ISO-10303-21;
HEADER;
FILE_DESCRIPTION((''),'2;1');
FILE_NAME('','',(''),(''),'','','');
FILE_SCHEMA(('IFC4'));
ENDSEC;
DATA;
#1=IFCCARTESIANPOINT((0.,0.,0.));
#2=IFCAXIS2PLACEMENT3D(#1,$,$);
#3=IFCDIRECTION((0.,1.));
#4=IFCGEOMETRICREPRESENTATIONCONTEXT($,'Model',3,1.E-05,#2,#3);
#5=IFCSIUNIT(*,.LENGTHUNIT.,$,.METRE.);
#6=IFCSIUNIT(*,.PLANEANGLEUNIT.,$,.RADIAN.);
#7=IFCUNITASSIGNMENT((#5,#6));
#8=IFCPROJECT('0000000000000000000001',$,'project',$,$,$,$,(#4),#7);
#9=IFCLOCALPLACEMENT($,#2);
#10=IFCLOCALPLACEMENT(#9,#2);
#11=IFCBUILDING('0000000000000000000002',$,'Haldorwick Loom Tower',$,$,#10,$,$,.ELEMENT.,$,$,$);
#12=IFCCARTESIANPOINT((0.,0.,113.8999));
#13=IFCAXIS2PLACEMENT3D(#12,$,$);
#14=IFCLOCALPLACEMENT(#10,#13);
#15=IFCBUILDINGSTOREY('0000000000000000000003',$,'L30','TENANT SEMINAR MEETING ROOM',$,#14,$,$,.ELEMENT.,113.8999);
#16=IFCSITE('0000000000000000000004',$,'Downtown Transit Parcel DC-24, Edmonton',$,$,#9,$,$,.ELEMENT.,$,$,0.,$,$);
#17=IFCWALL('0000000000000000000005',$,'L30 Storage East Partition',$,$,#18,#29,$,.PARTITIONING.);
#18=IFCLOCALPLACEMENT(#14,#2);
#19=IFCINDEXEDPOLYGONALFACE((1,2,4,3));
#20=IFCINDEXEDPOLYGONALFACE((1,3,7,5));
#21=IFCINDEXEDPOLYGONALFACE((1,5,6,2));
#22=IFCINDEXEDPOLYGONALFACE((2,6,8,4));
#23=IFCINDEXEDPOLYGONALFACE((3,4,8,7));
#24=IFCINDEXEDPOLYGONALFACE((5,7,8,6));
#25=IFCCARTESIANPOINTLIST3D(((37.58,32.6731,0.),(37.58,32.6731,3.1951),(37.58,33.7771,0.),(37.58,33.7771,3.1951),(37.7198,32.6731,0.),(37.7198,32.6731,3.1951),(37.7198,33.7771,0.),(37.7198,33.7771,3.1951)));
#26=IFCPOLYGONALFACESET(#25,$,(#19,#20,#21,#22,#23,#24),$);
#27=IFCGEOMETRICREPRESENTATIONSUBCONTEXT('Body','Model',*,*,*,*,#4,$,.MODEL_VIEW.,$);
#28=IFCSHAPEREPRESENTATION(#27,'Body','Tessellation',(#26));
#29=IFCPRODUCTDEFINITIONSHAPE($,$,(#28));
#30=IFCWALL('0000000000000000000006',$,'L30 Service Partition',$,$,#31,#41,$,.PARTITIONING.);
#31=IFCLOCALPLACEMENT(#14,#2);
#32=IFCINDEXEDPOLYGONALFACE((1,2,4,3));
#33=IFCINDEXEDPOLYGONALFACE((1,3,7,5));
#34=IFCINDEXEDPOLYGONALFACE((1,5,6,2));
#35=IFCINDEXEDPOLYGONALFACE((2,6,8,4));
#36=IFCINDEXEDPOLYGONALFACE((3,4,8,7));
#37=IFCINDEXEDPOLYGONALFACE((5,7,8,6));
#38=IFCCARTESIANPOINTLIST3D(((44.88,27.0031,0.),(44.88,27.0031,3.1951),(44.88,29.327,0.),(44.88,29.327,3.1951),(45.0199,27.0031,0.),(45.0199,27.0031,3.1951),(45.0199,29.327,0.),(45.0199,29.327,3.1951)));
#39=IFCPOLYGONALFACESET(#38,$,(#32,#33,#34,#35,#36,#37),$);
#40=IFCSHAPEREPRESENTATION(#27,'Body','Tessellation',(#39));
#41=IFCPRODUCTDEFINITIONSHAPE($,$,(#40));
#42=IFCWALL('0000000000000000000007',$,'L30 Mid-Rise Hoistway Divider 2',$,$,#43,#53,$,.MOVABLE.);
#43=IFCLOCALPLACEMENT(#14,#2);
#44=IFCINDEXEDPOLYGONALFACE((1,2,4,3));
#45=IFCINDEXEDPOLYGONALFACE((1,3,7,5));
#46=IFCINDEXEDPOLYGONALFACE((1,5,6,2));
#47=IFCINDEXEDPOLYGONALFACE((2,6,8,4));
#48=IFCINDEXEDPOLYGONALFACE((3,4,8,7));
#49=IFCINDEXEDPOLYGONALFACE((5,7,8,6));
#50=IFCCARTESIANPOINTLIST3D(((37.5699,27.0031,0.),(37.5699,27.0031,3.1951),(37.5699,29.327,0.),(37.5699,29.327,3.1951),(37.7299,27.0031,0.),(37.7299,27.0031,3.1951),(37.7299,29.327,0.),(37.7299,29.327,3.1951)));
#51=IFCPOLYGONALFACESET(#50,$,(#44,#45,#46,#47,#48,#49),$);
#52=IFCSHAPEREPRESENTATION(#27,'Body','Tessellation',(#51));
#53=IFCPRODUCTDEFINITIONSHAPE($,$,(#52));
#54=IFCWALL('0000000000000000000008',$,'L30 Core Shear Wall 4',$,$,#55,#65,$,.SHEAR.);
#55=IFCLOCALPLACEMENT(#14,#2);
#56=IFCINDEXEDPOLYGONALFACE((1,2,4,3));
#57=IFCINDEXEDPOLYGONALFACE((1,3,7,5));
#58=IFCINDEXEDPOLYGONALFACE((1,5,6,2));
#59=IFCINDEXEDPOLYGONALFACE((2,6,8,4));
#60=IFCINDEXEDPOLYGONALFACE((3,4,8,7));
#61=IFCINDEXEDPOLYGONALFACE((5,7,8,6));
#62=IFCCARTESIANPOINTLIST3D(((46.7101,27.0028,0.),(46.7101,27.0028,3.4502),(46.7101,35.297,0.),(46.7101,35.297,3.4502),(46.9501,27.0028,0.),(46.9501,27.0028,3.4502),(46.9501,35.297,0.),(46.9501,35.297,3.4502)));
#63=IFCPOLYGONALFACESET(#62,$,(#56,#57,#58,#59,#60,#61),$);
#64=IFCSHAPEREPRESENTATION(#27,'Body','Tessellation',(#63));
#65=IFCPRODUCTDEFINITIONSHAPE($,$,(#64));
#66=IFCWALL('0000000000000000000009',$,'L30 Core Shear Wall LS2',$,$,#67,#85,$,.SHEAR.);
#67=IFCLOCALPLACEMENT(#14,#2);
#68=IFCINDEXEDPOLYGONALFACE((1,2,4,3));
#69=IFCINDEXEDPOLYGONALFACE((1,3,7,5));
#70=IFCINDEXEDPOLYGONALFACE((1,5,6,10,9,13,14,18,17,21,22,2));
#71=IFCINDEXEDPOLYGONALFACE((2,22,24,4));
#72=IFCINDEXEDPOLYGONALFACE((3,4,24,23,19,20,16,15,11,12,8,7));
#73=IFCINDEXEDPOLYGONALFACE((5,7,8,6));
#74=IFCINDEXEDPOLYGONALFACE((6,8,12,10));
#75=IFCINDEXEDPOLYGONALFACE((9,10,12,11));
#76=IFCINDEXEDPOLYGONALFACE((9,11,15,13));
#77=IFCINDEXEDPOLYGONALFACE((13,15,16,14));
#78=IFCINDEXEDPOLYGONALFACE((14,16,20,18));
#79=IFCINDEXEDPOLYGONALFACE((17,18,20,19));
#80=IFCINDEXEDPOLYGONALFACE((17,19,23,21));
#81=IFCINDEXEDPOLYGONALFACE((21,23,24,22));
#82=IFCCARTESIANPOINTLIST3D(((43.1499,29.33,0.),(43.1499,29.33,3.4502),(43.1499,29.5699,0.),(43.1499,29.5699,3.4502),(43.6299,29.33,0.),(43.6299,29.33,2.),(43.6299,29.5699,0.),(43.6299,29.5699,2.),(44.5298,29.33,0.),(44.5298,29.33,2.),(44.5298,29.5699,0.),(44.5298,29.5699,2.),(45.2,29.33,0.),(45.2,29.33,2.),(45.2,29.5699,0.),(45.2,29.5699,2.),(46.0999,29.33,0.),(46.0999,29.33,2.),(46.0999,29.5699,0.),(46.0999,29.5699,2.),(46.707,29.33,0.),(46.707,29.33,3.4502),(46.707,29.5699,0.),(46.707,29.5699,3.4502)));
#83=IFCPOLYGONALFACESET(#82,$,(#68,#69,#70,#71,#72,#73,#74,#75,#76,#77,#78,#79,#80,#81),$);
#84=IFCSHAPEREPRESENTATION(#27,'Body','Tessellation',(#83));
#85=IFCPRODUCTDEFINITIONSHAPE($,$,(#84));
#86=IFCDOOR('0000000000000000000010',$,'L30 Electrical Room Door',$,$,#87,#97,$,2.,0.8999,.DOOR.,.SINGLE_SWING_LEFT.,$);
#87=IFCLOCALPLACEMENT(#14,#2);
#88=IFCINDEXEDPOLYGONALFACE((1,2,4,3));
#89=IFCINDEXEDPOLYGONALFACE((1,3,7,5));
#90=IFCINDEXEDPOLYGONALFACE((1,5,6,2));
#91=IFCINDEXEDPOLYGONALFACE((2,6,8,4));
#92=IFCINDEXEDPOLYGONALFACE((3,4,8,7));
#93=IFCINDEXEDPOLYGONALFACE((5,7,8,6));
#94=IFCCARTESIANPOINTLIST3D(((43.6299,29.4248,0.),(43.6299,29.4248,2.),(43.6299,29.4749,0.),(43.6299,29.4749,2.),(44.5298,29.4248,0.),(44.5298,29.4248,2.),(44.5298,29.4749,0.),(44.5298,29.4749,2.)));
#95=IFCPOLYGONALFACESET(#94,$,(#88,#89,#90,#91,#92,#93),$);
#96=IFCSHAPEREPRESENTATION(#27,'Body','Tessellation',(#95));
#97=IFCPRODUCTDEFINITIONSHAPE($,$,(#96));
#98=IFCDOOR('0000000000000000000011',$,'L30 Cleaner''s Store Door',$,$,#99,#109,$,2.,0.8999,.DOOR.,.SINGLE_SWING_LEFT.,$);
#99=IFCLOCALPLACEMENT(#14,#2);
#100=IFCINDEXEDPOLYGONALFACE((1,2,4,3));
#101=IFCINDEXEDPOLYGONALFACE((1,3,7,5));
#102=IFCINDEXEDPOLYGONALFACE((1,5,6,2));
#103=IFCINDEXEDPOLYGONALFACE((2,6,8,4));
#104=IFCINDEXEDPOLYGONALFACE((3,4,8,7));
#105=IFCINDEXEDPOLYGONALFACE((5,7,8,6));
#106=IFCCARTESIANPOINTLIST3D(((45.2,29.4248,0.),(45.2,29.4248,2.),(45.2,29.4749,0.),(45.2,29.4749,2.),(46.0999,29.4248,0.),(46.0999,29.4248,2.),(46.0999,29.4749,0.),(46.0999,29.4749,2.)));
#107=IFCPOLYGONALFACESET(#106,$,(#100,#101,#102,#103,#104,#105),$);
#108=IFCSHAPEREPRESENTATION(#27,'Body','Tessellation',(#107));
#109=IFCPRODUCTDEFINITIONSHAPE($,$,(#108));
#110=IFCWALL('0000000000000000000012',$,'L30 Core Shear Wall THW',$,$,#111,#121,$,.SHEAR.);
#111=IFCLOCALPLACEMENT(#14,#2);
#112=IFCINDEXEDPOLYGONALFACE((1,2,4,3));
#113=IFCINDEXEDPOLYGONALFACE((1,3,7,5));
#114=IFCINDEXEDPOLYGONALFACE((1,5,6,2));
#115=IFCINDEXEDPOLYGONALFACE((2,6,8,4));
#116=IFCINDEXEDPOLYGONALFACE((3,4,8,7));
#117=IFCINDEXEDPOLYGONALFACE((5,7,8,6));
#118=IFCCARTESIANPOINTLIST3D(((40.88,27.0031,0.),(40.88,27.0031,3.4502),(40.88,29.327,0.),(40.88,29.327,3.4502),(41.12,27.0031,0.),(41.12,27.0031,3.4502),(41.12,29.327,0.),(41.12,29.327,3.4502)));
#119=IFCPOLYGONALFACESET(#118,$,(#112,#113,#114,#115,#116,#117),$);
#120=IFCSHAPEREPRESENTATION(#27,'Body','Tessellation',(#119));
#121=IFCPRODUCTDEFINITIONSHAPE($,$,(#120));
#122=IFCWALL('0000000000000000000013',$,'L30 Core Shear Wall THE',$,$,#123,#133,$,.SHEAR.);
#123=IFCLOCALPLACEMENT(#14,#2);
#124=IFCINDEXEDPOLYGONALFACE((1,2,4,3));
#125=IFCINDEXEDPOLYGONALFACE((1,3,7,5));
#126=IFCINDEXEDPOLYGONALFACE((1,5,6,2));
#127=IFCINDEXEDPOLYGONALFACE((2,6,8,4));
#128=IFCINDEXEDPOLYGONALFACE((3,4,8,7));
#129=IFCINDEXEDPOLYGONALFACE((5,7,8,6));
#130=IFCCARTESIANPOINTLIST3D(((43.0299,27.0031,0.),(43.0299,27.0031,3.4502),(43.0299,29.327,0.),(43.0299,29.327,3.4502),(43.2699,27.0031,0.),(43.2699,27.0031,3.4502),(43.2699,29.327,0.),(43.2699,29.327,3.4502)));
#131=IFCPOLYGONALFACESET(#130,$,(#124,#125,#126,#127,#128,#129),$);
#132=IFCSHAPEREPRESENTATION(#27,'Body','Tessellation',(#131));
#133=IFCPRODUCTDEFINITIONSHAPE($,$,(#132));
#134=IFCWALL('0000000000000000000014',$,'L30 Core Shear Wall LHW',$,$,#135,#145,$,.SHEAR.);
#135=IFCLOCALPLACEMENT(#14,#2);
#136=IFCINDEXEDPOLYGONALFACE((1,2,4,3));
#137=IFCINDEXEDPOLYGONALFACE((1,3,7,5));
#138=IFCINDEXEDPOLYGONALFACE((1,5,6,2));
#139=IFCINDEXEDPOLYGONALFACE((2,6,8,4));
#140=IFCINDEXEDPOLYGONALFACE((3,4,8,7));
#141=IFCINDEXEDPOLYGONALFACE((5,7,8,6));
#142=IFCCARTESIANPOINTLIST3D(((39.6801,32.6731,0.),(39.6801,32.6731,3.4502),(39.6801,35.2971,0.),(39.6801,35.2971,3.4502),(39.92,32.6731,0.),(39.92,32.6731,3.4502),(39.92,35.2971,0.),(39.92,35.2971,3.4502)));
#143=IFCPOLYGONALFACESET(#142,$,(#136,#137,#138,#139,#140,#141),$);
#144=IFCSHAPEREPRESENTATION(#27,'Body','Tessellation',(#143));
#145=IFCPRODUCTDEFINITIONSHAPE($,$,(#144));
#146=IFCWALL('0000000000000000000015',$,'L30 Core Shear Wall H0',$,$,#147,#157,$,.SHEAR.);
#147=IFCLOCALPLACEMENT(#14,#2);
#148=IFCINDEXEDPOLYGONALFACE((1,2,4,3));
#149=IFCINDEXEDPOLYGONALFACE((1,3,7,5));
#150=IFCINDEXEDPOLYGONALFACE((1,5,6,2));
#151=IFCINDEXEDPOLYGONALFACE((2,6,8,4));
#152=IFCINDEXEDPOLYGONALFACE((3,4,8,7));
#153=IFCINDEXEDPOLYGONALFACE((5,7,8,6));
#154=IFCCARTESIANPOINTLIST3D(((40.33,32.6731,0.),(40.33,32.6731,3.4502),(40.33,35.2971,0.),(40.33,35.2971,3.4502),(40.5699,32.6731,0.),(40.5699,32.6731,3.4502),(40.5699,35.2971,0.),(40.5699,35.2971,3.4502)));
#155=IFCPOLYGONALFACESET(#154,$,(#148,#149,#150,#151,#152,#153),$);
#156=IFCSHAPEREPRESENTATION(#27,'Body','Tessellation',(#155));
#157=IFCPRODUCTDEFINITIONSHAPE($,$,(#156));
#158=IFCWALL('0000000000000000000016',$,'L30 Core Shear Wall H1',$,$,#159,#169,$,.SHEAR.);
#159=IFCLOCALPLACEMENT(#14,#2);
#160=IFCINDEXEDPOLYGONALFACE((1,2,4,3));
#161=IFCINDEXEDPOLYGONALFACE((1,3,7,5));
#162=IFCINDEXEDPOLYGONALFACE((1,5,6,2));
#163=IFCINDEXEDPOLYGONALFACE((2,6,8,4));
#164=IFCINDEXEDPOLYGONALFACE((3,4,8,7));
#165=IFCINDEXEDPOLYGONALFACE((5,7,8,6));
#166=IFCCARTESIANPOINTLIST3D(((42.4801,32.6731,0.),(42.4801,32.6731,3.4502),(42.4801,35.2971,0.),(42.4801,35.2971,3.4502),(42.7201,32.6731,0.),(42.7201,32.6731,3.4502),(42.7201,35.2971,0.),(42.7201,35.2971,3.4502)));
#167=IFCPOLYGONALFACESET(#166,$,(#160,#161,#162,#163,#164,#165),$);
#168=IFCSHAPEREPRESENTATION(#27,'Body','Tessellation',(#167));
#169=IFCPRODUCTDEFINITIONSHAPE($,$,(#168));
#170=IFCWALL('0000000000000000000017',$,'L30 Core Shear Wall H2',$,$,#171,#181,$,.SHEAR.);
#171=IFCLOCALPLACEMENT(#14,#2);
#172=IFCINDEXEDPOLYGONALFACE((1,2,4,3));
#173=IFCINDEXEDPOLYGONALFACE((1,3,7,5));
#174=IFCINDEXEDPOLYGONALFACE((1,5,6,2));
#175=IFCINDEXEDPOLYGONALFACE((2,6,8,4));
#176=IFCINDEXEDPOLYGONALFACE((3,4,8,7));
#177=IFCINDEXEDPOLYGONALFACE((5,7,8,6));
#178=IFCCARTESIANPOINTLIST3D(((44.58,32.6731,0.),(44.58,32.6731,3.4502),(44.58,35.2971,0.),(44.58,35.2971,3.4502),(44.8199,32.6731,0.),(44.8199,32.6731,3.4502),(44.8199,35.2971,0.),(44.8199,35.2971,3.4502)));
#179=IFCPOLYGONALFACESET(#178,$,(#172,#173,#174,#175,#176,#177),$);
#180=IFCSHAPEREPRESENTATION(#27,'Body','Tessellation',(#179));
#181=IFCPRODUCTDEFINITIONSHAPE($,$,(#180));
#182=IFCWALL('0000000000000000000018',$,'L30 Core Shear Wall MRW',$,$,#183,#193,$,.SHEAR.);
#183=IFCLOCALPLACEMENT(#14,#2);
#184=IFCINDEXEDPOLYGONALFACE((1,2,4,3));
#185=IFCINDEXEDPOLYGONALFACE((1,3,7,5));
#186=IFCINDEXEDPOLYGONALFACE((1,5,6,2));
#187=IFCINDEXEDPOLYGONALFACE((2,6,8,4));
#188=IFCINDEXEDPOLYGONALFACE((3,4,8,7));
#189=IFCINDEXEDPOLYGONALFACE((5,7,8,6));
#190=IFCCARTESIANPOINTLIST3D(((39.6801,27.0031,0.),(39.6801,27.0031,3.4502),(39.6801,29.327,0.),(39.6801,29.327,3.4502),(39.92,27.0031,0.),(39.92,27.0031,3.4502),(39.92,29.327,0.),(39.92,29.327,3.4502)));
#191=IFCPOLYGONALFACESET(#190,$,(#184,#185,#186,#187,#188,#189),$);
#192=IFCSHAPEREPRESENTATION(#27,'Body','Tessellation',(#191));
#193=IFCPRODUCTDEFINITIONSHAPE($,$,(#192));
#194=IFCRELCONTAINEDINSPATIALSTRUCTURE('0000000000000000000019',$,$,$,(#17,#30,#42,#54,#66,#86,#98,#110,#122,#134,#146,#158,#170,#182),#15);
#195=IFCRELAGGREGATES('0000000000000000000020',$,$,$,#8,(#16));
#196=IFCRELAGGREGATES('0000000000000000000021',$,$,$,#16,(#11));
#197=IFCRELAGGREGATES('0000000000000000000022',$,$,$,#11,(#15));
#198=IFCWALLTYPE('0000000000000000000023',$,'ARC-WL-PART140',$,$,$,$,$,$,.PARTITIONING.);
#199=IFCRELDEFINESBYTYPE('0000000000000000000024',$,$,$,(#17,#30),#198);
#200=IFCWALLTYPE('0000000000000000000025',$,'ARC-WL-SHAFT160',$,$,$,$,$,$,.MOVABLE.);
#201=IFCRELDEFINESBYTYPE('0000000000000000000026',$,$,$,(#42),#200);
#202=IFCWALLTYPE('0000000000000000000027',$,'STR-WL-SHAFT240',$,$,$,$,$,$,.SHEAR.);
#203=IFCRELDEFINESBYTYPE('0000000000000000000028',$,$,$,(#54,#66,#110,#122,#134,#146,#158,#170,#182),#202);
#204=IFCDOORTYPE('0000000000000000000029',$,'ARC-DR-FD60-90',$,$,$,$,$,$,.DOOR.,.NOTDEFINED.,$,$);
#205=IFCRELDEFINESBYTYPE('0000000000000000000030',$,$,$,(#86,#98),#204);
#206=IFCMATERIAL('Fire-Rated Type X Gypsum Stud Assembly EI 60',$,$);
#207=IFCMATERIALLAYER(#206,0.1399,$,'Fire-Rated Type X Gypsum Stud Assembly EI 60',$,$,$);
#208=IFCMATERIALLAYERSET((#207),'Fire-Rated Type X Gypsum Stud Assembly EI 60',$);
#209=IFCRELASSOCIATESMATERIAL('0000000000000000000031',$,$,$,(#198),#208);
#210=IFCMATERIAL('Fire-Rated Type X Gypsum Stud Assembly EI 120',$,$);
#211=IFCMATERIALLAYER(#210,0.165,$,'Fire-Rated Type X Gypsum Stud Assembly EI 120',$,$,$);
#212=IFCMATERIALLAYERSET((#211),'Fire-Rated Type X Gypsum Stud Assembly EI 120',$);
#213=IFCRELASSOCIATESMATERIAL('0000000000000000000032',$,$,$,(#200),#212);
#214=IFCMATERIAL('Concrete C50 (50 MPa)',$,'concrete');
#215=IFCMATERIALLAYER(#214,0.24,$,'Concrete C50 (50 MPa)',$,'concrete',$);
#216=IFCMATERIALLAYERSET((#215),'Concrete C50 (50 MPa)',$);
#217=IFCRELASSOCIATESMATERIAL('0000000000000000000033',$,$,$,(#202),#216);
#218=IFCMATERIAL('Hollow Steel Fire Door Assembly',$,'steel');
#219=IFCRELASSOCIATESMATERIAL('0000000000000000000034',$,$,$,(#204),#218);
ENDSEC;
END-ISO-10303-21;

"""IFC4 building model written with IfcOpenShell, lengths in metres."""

from ifc_helpers import new_model, si_unit, direction, frame, frame_2d, origin, place, context, subcontext, project, spatial, rectangle, extrude, material, layer, layer_set, type_object, element, fill, save


model = new_model("IFC4")

# Units and contexts
model_context = context("Model", 3, precision=1e-05, world=origin(), true_north=direction((0.0, 1.0)))
body_context = subcontext(model_context, "Body", "Model", "MODEL_VIEW")
ifc_project = project(units=[si_unit("LENGTHUNIT", "METRE"), si_unit("PLANEANGLEUNIT", "RADIAN")], contexts=[model_context])

# Site, building, storey
site_placement = place(None, origin())
site = spatial("IfcSite", under=ifc_project, at=site_placement, Name="Downtown Transit Parcel DC-24, Edmonton", CompositionType="ELEMENT", RefElevation=0.0)
building_placement = place(site_placement, origin())
building = spatial("IfcBuilding", under=site, at=building_placement, Name="Haldorwick Loom Tower", CompositionType="ELEMENT")
storey_placement = place(building_placement, frame((0.0, 0.0, 113.8999)))
storey = spatial("IfcBuildingStorey", under=building, at=storey_placement, Name="L30", Description="TENANT SEMINAR MEETING ROOM", CompositionType="ELEMENT", Elevation=113.8999)

# Walls
ifc_material_1 = material(Name="Fire-Rated Type X Gypsum Stud Assembly EI 60")
ifc_layer_1 = layer(ifc_material_1, 0.1399, Name="Fire-Rated Type X Gypsum Stud Assembly EI 60")
ifc_layer_set_1 = layer_set([ifc_layer_1], Name="Fire-Rated Type X Gypsum Stud Assembly EI 60")
wall_type_1 = type_object("IfcWallType", Name="ARC-WL-PART140", PredefinedType="PARTITIONING", material=ifc_layer_set_1)
wall_1_placement = place(storey_placement, frame((37.6499, 32.6731, 0.0), z_axis=(0.0, 0.0, 1.0), x_axis=(0.0, 1.0, 0.0)))
element("IfcWall", 1, at=wall_1_placement, inside=storey, type_object=wall_type_1, Name="L30 Storage East Partition", PredefinedType="PARTITIONING", context=body_context, shape_type="SweptSolid", body=[
    extrude(rectangle(XDim=1.104, YDim=0.1399, at=frame_2d((0.552, 0.0))), origin(), (0.0, 0.0, 1.0), 3.1951),
])
wall_2_placement = place(storey_placement, frame((44.95, 27.0029, 0.0), z_axis=(0.0, 0.0, 1.0), x_axis=(0.0, 1.0, 0.0)))
element("IfcWall", 2, at=wall_2_placement, inside=storey, type_object=wall_type_1, Name="L30 Service Partition", PredefinedType="PARTITIONING", context=body_context, shape_type="SweptSolid", body=[
    extrude(rectangle(XDim=2.324, YDim=0.1399, at=frame_2d((1.1621, 0.0))), origin(), (0.0, 0.0, 1.0), 3.1951),
])
ifc_material_2 = material(Name="Fire-Rated Type X Gypsum Stud Assembly EI 120")
ifc_layer_2 = layer(ifc_material_2, 0.165, Name="Fire-Rated Type X Gypsum Stud Assembly EI 120")
ifc_layer_set_2 = layer_set([ifc_layer_2], Name="Fire-Rated Type X Gypsum Stud Assembly EI 120")
wall_type_2 = type_object("IfcWallType", Name="ARC-WL-SHAFT160", PredefinedType="MOVABLE", material=ifc_layer_set_2)
wall_3_placement = place(storey_placement, frame((37.6499, 27.0029, 0.0), z_axis=(0.0, 0.0, 1.0), x_axis=(0.0, 1.0, 0.0)))
element("IfcWall", 3, at=wall_3_placement, inside=storey, type_object=wall_type_2, Name="L30 Mid-Rise Hoistway Divider 2", PredefinedType="MOVABLE", context=body_context, shape_type="SweptSolid", body=[
    extrude(rectangle(XDim=2.324, YDim=0.1599, at=frame_2d((1.1621, 0.0))), origin(), (0.0, 0.0, 1.0), 3.1951),
])
ifc_material_3 = material(Name="Concrete C50 (50 MPa)", Category="concrete")
ifc_layer_3 = layer(ifc_material_3, 0.24, Name="Concrete C50 (50 MPa)", Category="concrete")
ifc_layer_set_3 = layer_set([ifc_layer_3], Name="Concrete C50 (50 MPa)")
wall_type_3 = type_object("IfcWallType", Name="STR-WL-SHAFT240", PredefinedType="SHEAR", material=ifc_layer_set_3)
wall_4_placement = place(storey_placement, frame((46.8301, 27.0029, 0.0), z_axis=(0.0, 0.0, 1.0), x_axis=(0.0, 1.0, 0.0)))
element("IfcWall", 4, at=wall_4_placement, inside=storey, type_object=wall_type_3, Name="L30 Core Shear Wall 4", PredefinedType="SHEAR", context=body_context, shape_type="SweptSolid", body=[
    extrude(rectangle(XDim=8.2942, YDim=0.24, at=frame_2d((4.147, 0.0))), origin(), (0.0, 0.0, 1.0), 3.4502),
])

# Wall, openings, doors
wall_5_placement = place(storey_placement, frame((43.1499, 29.45, 0.0), z_axis=(0.0, 0.0, 1.0), x_axis=(1.0, 0.0, 0.0)))
wall_5 = element("IfcWall", 5, at=wall_5_placement, inside=storey, type_object=wall_type_3, Name="L30 Core Shear Wall LS2", PredefinedType="SHEAR", context=body_context, shape_type="SweptSolid", body=[
    extrude(rectangle(XDim=3.5571, YDim=0.24, at=frame_2d((1.7786, 0.0))), origin(), (0.0, 0.0, 1.0), 3.4502),
])
opening_1_placement = place(wall_5_placement, frame((0.48, 0.0, 0.0)))
opening_1 = element("IfcOpeningElement", 6, at=opening_1_placement, cuts=wall_5, PredefinedType="OPENING", context=body_context, shape_type="SweptSolid", body=[
    extrude(rectangle(XDim=0.8999, YDim=2.0, at=frame_2d((0.45, 1.0))), frame((0.0, 0.1299, 0.0), z_axis=(0.0, -1.0, 0.0), x_axis=(1.0, 0.0, 0.0)), (0.0, 0.0, 1.0), 0.26),
])
opening_2_placement = place(wall_5_placement, frame((2.05, 0.0, 0.0)))
opening_2 = element("IfcOpeningElement", 7, at=opening_2_placement, cuts=wall_5, PredefinedType="OPENING", context=body_context, shape_type="SweptSolid", body=[
    extrude(rectangle(XDim=0.8999, YDim=2.0, at=frame_2d((0.45, 1.0))), frame((0.0, 0.1299, 0.0), z_axis=(0.0, -1.0, 0.0), x_axis=(1.0, 0.0, 0.0)), (0.0, 0.0, 1.0), 0.26),
])
ifc_material_4 = material(Name="Hollow Steel Fire Door Assembly", Category="steel")
door_type = type_object("IfcDoorType", Name="ARC-DR-FD60-90", OperationType="NOTDEFINED", PredefinedType="DOOR", material=ifc_material_4)
door_1_placement = place(opening_1_placement, origin())
door_1 = element("IfcDoor", 8, at=door_1_placement, inside=storey, type_object=door_type, Name="L30 Electrical Room Door", OperationType="SINGLE_SWING_LEFT", OverallHeight=2.0, OverallWidth=0.8999, PredefinedType="DOOR", context=body_context, shape_type="SweptSolid", body=[
    extrude(rectangle(XDim=0.8999, YDim=2.0, at=frame_2d((0.45, 1.0))), frame((0.0, 0.0249, 0.0), z_axis=(0.0, -1.0, 0.0), x_axis=(1.0, 0.0, 0.0)), (0.0, 0.0, 1.0), 0.05),
])
fill(opening_1, door_1)
door_2_placement = place(opening_2_placement, origin())
door_2 = element("IfcDoor", 9, at=door_2_placement, inside=storey, type_object=door_type, Name="L30 Cleaner's Store Door", OperationType="SINGLE_SWING_LEFT", OverallHeight=2.0, OverallWidth=0.8999, PredefinedType="DOOR", context=body_context, shape_type="SweptSolid", body=[
    extrude(rectangle(XDim=0.8999, YDim=2.0, at=frame_2d((0.45, 1.0))), frame((0.0, 0.0249, 0.0), z_axis=(0.0, -1.0, 0.0), x_axis=(1.0, 0.0, 0.0)), (0.0, 0.0, 1.0), 0.05),
])
fill(opening_2, door_2)

# Walls
for number, where, z_axis, x_axis, name in (
    (10, (41.0, 27.0029, 0.0), (0.0, 0.0, 1.0), (0.0, 1.0, 0.0), "L30 Core Shear Wall THW"),
    (11, (43.1499, 27.0029, 0.0), (0.0, 0.0, 1.0), (0.0, 1.0, 0.0), "L30 Core Shear Wall THE"),
):
    element("IfcWall", number, at=place(storey_placement, frame(where, z_axis=z_axis, x_axis=x_axis)), inside=storey, type_object=wall_type_3, Name=name, PredefinedType="SHEAR", context=body_context, shape_type="SweptSolid", body=[
        extrude(rectangle(XDim=2.324, YDim=0.24, at=frame_2d((1.1621, 0.0))), origin(), (0.0, 0.0, 1.0), 3.4502),
    ])
for number, where, z_axis, x_axis, name in (
    (12, (39.8, 32.6731, 0.0), (0.0, 0.0, 1.0), (0.0, 1.0, 0.0), "L30 Core Shear Wall LHW"),
    (13, (40.45, 32.6731, 0.0), (0.0, 0.0, 1.0), (0.0, 1.0, 0.0), "L30 Core Shear Wall H0"),
    (14, (42.6001, 32.6731, 0.0), (0.0, 0.0, 1.0), (0.0, 1.0, 0.0), "L30 Core Shear Wall H1"),
    (15, (44.7, 32.6731, 0.0), (0.0, 0.0, 1.0), (0.0, 1.0, 0.0), "L30 Core Shear Wall H2"),
):
    element("IfcWall", number, at=place(storey_placement, frame(where, z_axis=z_axis, x_axis=x_axis)), inside=storey, type_object=wall_type_3, Name=name, PredefinedType="SHEAR", context=body_context, shape_type="SweptSolid", body=[
        extrude(rectangle(XDim=2.624, YDim=0.24, at=frame_2d((1.312, 0.0))), origin(), (0.0, 0.0, 1.0), 3.4502),
    ])
wall_6_placement = place(storey_placement, frame((39.8, 27.0029, 0.0), z_axis=(0.0, 0.0, 1.0), x_axis=(0.0, 1.0, 0.0)))
element("IfcWall", 16, at=wall_6_placement, inside=storey, type_object=wall_type_3, Name="L30 Core Shear Wall MRW", PredefinedType="SHEAR", context=body_context, shape_type="SweptSolid", body=[
    extrude(rectangle(XDim=2.324, YDim=0.24, at=frame_2d((1.1621, 0.0))), origin(), (0.0, 0.0, 1.0), 3.4502),
])

save(model, "model.ifc")
